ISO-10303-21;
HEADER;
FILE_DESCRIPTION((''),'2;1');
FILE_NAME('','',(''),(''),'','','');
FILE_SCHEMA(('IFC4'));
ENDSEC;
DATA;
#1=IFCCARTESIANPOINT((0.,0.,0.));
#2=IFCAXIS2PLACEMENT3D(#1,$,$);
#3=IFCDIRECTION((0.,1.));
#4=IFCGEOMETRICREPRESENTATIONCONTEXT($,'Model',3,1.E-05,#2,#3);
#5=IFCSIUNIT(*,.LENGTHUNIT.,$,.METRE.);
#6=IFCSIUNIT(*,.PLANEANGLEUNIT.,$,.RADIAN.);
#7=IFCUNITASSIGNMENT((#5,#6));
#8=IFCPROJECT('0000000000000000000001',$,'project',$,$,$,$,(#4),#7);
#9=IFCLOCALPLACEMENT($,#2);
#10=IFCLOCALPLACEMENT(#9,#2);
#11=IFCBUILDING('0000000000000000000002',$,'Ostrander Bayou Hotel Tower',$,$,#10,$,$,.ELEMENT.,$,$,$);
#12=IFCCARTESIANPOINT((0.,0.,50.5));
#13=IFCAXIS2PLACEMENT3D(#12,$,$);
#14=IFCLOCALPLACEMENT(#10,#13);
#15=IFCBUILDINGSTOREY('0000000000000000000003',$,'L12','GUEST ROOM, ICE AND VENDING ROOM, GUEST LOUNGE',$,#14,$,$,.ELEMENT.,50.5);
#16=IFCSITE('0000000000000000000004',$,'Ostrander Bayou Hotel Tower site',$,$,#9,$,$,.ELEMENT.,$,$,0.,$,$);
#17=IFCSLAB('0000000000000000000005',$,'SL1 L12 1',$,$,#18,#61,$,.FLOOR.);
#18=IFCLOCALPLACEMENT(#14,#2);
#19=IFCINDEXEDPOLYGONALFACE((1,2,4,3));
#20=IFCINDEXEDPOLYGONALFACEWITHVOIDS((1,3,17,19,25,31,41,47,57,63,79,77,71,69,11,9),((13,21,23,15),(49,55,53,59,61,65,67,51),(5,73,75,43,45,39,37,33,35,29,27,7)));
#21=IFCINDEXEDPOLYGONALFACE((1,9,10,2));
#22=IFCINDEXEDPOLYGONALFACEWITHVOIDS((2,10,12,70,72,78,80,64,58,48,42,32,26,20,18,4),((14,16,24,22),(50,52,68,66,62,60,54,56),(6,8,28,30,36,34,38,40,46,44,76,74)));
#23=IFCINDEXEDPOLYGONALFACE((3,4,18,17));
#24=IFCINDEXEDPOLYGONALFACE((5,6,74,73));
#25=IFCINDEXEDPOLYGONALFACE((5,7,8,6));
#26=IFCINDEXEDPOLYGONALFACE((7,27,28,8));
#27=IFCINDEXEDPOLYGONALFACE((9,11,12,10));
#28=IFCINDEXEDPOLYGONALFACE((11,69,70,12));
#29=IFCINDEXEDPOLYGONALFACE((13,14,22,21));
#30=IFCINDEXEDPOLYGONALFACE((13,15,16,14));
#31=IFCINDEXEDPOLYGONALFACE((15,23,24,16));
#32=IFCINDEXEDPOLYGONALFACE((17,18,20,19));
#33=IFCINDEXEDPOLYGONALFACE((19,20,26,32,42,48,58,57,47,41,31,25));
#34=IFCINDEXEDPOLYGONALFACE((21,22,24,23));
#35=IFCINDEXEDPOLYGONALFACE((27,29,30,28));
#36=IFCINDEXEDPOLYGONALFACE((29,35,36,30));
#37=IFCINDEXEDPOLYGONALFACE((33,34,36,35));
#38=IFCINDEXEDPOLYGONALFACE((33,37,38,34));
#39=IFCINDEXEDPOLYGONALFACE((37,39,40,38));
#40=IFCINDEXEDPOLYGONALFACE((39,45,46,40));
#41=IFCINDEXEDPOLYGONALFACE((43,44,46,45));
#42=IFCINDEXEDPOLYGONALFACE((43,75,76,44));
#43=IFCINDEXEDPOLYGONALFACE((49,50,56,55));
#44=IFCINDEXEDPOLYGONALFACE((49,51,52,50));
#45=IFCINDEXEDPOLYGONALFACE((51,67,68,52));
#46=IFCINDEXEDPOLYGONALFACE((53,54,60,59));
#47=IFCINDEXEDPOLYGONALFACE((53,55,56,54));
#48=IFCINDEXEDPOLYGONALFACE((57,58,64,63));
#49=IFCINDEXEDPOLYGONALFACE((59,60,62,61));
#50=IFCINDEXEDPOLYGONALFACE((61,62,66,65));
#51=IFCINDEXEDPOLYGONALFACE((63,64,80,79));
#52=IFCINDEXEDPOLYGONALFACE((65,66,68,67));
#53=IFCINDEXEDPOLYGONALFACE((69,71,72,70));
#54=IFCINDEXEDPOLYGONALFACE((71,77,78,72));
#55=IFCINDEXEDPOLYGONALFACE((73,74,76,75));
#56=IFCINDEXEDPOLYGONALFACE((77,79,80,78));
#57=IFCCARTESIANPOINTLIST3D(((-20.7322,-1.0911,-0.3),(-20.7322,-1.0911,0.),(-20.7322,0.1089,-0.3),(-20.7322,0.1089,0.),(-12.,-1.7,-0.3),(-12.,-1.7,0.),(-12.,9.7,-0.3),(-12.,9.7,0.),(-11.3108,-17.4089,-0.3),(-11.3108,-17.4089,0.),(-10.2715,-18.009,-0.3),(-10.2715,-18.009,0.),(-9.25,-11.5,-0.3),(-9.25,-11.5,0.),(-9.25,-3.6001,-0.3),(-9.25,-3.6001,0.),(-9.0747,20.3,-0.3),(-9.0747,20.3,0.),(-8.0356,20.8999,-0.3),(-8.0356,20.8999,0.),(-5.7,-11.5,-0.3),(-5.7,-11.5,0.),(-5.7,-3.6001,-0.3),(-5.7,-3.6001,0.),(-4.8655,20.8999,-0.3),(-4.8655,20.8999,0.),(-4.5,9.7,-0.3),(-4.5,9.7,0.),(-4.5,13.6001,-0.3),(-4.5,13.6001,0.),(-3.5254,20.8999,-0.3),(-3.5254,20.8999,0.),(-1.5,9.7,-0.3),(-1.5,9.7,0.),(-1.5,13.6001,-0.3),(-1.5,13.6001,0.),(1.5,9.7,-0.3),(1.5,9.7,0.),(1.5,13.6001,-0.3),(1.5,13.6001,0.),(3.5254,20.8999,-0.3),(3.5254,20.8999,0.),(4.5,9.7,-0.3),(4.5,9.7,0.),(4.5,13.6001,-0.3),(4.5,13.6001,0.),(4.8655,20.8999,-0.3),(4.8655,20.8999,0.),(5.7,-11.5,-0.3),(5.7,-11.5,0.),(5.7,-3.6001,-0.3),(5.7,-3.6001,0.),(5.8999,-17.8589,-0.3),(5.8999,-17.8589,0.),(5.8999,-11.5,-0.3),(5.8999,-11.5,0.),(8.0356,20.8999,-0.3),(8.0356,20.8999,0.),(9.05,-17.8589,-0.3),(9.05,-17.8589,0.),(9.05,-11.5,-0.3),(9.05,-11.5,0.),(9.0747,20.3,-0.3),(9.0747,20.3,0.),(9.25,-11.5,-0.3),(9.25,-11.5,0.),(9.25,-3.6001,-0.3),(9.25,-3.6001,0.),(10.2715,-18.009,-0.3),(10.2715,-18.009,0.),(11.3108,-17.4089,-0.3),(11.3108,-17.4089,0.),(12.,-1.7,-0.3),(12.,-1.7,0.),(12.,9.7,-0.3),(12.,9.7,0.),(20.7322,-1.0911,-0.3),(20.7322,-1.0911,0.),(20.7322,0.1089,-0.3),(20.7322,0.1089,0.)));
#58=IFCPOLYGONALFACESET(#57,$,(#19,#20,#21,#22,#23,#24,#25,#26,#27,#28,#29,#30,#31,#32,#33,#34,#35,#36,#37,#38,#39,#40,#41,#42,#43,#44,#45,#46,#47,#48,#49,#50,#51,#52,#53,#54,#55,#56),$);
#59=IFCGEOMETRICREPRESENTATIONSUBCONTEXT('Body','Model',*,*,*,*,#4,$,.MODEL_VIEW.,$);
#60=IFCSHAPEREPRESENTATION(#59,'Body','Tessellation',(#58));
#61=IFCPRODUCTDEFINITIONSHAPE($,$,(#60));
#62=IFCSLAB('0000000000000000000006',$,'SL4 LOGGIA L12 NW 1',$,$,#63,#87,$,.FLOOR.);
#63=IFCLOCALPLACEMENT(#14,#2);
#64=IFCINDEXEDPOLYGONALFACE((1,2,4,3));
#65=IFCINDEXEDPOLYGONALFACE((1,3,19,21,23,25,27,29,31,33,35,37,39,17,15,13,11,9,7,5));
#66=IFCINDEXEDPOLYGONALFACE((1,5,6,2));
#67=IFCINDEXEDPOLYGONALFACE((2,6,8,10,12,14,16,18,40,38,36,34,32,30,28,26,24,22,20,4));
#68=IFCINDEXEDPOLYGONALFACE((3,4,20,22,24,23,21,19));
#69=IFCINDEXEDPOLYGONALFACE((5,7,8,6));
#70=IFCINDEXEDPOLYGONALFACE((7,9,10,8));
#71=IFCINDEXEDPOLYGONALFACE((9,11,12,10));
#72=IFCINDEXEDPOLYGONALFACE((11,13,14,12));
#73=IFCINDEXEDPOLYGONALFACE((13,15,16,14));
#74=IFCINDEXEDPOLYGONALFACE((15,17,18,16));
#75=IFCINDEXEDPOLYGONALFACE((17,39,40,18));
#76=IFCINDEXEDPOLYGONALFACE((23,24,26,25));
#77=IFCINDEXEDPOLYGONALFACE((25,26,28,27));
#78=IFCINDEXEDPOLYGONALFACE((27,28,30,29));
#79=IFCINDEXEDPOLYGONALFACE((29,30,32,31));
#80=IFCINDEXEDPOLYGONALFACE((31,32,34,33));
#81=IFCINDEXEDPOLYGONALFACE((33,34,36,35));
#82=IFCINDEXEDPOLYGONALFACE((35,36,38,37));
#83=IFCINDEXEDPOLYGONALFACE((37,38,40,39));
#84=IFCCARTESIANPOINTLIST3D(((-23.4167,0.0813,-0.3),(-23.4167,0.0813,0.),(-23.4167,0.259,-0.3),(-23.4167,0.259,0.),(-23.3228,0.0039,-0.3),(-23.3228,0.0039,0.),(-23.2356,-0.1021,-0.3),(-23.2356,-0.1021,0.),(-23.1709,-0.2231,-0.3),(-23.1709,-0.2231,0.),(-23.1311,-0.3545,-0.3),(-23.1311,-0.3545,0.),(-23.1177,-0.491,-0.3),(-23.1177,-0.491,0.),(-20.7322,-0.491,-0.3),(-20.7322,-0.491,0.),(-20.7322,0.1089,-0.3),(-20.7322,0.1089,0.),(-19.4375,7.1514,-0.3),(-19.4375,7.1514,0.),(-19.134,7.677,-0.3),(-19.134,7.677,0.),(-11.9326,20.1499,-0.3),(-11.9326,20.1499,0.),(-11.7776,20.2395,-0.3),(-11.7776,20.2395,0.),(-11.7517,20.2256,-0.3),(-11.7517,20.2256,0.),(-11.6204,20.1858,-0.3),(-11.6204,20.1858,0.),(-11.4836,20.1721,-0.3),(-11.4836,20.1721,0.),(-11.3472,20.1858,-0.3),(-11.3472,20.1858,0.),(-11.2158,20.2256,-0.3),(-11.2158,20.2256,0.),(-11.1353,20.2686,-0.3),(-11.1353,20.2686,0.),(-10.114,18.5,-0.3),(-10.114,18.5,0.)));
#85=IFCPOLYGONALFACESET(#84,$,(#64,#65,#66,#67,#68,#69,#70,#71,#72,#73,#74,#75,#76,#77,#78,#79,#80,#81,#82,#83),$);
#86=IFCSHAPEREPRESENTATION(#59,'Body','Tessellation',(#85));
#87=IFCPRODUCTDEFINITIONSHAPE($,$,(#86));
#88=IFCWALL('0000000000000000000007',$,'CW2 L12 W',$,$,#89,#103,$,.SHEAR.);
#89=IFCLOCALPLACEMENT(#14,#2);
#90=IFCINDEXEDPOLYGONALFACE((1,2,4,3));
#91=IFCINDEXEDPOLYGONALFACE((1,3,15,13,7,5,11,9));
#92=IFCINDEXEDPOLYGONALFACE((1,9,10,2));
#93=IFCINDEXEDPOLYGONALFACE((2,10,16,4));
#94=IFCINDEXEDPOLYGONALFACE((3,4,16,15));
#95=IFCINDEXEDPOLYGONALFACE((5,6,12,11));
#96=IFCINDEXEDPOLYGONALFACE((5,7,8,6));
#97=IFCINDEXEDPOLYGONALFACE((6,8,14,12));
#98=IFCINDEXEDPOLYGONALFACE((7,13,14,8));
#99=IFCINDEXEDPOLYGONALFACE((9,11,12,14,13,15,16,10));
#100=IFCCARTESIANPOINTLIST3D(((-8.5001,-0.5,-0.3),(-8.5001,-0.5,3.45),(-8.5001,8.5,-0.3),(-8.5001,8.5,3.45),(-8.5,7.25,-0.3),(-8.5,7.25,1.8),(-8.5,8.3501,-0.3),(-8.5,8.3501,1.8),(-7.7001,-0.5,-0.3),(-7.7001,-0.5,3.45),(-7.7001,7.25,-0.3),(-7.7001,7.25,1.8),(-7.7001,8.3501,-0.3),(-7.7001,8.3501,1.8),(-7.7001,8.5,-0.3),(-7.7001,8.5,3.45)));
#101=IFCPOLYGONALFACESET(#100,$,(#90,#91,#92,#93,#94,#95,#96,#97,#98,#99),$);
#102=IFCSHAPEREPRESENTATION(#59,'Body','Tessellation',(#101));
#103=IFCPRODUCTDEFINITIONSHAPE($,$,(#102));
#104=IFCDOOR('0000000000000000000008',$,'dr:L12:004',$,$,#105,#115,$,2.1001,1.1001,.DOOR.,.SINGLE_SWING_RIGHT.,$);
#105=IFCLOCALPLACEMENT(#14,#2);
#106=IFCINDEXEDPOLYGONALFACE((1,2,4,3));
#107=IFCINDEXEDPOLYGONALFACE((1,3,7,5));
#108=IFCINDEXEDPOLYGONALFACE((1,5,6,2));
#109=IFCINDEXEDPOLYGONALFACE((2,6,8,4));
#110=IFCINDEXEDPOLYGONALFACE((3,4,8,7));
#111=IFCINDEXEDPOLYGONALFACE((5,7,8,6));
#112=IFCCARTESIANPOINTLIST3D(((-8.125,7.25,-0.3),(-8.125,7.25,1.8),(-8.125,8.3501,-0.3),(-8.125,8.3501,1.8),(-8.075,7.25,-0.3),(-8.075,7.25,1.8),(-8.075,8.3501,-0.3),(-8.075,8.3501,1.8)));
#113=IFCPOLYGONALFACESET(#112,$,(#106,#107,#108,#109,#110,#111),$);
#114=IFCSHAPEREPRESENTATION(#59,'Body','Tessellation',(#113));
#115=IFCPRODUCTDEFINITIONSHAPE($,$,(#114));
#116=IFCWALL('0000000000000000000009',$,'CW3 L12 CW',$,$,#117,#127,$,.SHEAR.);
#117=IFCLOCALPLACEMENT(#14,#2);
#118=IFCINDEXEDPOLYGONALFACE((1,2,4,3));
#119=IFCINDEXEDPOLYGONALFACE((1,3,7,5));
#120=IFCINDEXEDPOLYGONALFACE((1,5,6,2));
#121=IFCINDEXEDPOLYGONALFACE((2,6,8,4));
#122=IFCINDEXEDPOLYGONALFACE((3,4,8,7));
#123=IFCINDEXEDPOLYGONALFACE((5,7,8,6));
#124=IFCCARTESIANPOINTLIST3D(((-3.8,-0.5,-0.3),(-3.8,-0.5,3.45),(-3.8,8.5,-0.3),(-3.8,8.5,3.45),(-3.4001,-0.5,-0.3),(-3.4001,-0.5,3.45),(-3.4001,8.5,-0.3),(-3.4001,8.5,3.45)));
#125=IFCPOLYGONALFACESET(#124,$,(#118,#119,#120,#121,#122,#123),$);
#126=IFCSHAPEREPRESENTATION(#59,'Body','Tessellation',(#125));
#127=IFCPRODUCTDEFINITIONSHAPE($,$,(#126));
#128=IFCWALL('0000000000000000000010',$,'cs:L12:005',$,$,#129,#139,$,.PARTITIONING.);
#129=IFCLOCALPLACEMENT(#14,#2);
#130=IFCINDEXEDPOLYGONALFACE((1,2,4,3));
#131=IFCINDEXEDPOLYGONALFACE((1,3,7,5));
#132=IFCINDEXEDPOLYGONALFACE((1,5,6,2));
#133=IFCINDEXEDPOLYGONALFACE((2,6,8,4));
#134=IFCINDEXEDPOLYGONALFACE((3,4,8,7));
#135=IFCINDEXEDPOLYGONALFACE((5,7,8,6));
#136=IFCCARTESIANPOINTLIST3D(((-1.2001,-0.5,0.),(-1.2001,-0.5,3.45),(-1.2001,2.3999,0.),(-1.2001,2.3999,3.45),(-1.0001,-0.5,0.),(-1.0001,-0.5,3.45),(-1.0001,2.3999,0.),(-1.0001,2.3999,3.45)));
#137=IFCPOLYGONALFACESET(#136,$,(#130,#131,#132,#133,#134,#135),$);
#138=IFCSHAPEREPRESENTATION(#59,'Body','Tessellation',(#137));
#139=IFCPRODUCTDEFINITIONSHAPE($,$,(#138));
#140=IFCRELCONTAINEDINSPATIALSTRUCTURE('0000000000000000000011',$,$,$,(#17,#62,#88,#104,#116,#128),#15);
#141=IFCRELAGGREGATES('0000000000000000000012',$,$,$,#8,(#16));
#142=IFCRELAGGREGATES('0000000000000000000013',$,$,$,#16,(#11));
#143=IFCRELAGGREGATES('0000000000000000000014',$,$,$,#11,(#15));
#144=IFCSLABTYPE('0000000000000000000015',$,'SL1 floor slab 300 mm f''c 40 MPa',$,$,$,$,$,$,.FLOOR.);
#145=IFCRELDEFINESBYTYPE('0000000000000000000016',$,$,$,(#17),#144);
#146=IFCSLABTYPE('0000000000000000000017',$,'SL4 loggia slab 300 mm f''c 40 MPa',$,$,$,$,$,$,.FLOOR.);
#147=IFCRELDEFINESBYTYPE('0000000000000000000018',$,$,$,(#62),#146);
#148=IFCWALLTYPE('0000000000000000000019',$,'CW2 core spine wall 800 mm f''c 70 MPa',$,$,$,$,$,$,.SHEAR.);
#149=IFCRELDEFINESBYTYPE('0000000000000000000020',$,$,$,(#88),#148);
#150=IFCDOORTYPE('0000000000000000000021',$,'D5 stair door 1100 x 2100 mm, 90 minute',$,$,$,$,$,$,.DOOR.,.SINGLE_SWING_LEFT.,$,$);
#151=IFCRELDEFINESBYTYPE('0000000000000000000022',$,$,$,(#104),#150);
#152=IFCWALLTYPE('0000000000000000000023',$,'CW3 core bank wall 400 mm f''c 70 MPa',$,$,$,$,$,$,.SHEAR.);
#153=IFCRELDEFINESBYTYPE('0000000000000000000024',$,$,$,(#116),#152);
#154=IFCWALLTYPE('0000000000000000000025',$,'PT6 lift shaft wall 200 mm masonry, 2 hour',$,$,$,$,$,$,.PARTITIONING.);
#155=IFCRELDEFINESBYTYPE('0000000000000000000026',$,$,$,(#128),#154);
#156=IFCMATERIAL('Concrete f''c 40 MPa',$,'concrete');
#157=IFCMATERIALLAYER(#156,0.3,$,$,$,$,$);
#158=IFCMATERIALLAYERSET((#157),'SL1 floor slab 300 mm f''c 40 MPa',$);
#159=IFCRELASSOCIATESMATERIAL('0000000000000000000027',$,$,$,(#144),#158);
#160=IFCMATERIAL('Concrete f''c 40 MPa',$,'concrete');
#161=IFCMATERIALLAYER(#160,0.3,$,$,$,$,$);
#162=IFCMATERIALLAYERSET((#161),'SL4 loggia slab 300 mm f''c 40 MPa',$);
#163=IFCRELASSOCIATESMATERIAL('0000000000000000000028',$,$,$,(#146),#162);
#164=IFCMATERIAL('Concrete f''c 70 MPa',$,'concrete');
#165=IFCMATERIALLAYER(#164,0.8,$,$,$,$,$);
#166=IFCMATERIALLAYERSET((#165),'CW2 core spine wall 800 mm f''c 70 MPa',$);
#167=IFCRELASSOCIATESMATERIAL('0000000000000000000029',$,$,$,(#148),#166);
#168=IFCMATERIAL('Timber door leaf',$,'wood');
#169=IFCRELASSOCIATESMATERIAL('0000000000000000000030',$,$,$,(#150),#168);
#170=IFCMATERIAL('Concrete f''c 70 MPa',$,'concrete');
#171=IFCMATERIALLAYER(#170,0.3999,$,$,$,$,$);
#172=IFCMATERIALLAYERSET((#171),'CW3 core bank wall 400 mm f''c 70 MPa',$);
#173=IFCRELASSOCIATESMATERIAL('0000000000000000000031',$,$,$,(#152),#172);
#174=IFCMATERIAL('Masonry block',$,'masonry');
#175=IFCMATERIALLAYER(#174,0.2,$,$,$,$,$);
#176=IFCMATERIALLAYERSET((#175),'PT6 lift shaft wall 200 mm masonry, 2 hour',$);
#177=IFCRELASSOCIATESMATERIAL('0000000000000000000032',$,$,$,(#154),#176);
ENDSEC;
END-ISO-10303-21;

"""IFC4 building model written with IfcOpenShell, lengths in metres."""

from ifc_helpers import new_model, si_unit, direction, frame, frame_2d, origin, place, context, subcontext, project, spatial, polyline, rectangle, outline, extrude, material, layer, layer_set, type_object, element, fill, save


model = new_model("IFC4")

# Units and contexts
model_context = context("Model", 3, precision=1e-05, world=origin(), true_north=direction((0.0, 1.0)))
body_context = subcontext(model_context, "Body", "Model", "MODEL_VIEW")
ifc_project = project(units=[si_unit("LENGTHUNIT", "METRE"), si_unit("PLANEANGLEUNIT", "RADIAN")], contexts=[model_context])

# Site, building, storey
site_placement = place(None, origin())
site = spatial("IfcSite", under=ifc_project, at=site_placement, Name="Ostrander Bayou Hotel Tower site", CompositionType="ELEMENT", RefElevation=0.0)
building_placement = place(site_placement, origin())
building = spatial("IfcBuilding", under=site, at=building_placement, Name="Ostrander Bayou Hotel Tower", CompositionType="ELEMENT")
storey_placement = place(building_placement, frame((0.0, 0.0, 50.5)))
storey = spatial("IfcBuildingStorey", under=building, at=storey_placement, Name="L12", Description="GUEST ROOM, ICE AND VENDING ROOM, GUEST LOUNGE", CompositionType="ELEMENT", Elevation=50.5)

# Slabs
ifc_material_1 = material(Name="Concrete f'c 40 MPa", Category="concrete")
ifc_layer_1 = layer(ifc_material_1, 0.3)
ifc_layer_set_1 = layer_set([ifc_layer_1], Name="SL1 floor slab 300 mm f'c 40 MPa")
slab_type_1 = type_object("IfcSlabType", Name="SL1 floor slab 300 mm f'c 40 MPa", PredefinedType="FLOOR", material=ifc_layer_set_1)
slab_1_placement = place(storey_placement, frame((0.0, 0.0, -0.3)))
element("IfcSlab", 1, at=slab_1_placement, inside=storey, type_object=slab_type_1, Name="SL1 L12 1", PredefinedType="FLOOR", context=body_context, shape_type="SweptSolid", body=[
    extrude(outline(polyline([(-3.5254, 20.8999), (3.5254, 20.8999), (4.8655, 20.8999), (8.0356, 20.8999), (9.0747, 20.3), (20.7322, 0.1089), (20.7322, -1.0911), (11.3108, -17.4089), (10.2715, -18.009), (-10.2715, -18.009), (-11.3108, -17.4089), (-20.7322, -1.0911), (-20.7322, 0.1089), (-9.0747, 20.3), (-8.0356, 20.8999), (-4.8655, 20.8999), (-3.5254, 20.8999)]), holes=[polyline([(-12.0, -1.7), (12.0, -1.7), (12.0, 9.7), (4.5, 9.7), (4.5, 13.6001), (1.5, 13.6001), (1.5, 9.7), (-1.5, 9.7), (-1.5, 13.6001), (-4.5, 13.6001), (-4.5, 9.7), (-12.0, 9.7), (-12.0, -1.7)]), polyline([(9.05, -11.5), (9.25, -11.5), (9.25, -3.6001), (5.7, -3.6001), (5.7, -11.5), (5.8999, -11.5), (5.8999, -17.8589), (9.05, -17.8589), (9.05, -11.5)]), polyline([(-5.7, -3.6001), (-9.25, -3.6001), (-9.25, -11.5), (-5.7, -11.5), (-5.7, -3.6001)])]), origin(), (0.0, 0.0, 1.0), 0.3),
])
ifc_material_2 = material(Name="Concrete f'c 40 MPa", Category="concrete")
ifc_layer_2 = layer(ifc_material_2, 0.3)
ifc_layer_set_2 = layer_set([ifc_layer_2], Name="SL4 loggia slab 300 mm f'c 40 MPa")
slab_type_2 = type_object("IfcSlabType", Name="SL4 loggia slab 300 mm f'c 40 MPa", PredefinedType="FLOOR", material=ifc_layer_set_2)
slab_2_placement = place(storey_placement, frame((0.0, 0.0, -0.3)))
element("IfcSlab", 2, at=slab_2_placement, inside=storey, type_object=slab_type_2, Name="SL4 LOGGIA L12 NW 1", PredefinedType="FLOOR", context=body_context, shape_type="SweptSolid", body=[
    extrude(outline(polyline([(-23.1177, -0.491), (-23.1311, -0.3545), (-23.1709, -0.2231), (-23.2356, -0.1021), (-23.3228, 0.0039), (-23.4167, 0.0813), (-23.4167, 0.259), (-19.4375, 7.1514), (-19.134, 7.677), (-11.9326, 20.1499), (-11.7776, 20.2395), (-11.7517, 20.2256), (-11.6204, 20.1858), (-11.4836, 20.1721), (-11.3472, 20.1858), (-11.2158, 20.2256), (-11.1353, 20.2686), (-10.114, 18.5), (-20.7322, 0.1089), (-20.7322, -0.491), (-23.1177, -0.491)])), origin(), (0.0, 0.0, 1.0), 0.3),
])

# Wall, opening, door
ifc_material_3 = material(Name="Concrete f'c 70 MPa", Category="concrete")
ifc_layer_3 = layer(ifc_material_3, 0.8)
ifc_layer_set_3 = layer_set([ifc_layer_3], Name="CW2 core spine wall 800 mm f'c 70 MPa")
wall_type_1 = type_object("IfcWallType", Name="CW2 core spine wall 800 mm f'c 70 MPa", PredefinedType="SHEAR", material=ifc_layer_set_3)
wall_1_placement = place(storey_placement, frame((-8.1001, -0.5, -0.3), z_axis=(0.0, 0.0, 1.0), x_axis=(0.0, 1.0, 0.0)))
wall_1 = element("IfcWall", 3, at=wall_1_placement, inside=storey, type_object=wall_type_1, Name="CW2 L12 W", PredefinedType="SHEAR", context=body_context, shape_type="SweptSolid", body=[
    extrude(rectangle(XDim=9.0, YDim=0.8, at=frame_2d((4.5, 0.0))), origin(), (0.0, 0.0, 1.0), 3.75),
])
opening_1_placement = place(wall_1_placement, frame((7.75, 0.0, 0.0)))
opening_1 = element("IfcOpeningElement", 4, at=opening_1_placement, cuts=wall_1, PredefinedType="OPENING", context=body_context, shape_type="SweptSolid", body=[
    extrude(rectangle(XDim=1.1001, YDim=2.1001, at=frame_2d((0.55, 1.05))), frame((0.0, 0.3999, 0.0), z_axis=(0.0, -1.0, 0.0), x_axis=(1.0, 0.0, 0.0)), (0.0, 0.0, 1.0), 0.8),
])
ifc_material_4 = material(Name="Timber door leaf", Category="wood")
door_type_1 = type_object("IfcDoorType", Name="D5 stair door 1100 x 2100 mm, 90 minute", OperationType="SINGLE_SWING_LEFT", PredefinedType="DOOR", material=ifc_material_4)
door_1_placement = place(opening_1_placement, origin())
door_1 = element("IfcDoor", 5, at=door_1_placement, inside=storey, type_object=door_type_1, Name="dr:L12:004", OperationType="SINGLE_SWING_RIGHT", OverallHeight=2.1001, OverallWidth=1.1001, PredefinedType="DOOR", context=body_context, shape_type="SweptSolid", body=[
    extrude(rectangle(XDim=1.1001, YDim=2.1001, at=frame_2d((0.55, 1.05))), frame((0.0, 0.0249, 0.0), z_axis=(0.0, -1.0, 0.0), x_axis=(1.0, 0.0, 0.0)), (0.0, 0.0, 1.0), 0.05),
])
fill(opening_1, door_1)

# Walls
ifc_material_5 = material(Name="Concrete f'c 70 MPa", Category="concrete")
ifc_layer_4 = layer(ifc_material_5, 0.3999)
ifc_layer_set_4 = layer_set([ifc_layer_4], Name="CW3 core bank wall 400 mm f'c 70 MPa")
wall_type_2 = type_object("IfcWallType", Name="CW3 core bank wall 400 mm f'c 70 MPa", PredefinedType="SHEAR", material=ifc_layer_set_4)
wall_2_placement = place(storey_placement, frame((-3.6001, -0.5, -0.3), z_axis=(0.0, 0.0, 1.0), x_axis=(0.0, 1.0, 0.0)))
element("IfcWall", 6, at=wall_2_placement, inside=storey, type_object=wall_type_2, Name="CW3 L12 CW", PredefinedType="SHEAR", context=body_context, shape_type="SweptSolid", body=[
    extrude(rectangle(XDim=9.0, YDim=0.3999, at=frame_2d((4.5, 0.0))), origin(), (0.0, 0.0, 1.0), 3.75),
])
ifc_material_6 = material(Name="Masonry block", Category="masonry")
ifc_layer_5 = layer(ifc_material_6, 0.2)
ifc_layer_set_5 = layer_set([ifc_layer_5], Name="PT6 lift shaft wall 200 mm masonry, 2 hour")
wall_type_3 = type_object("IfcWallType", Name="PT6 lift shaft wall 200 mm masonry, 2 hour", PredefinedType="PARTITIONING", material=ifc_layer_set_5)
wall_3_placement = place(storey_placement, frame((-1.1001, -0.5, 0.0), z_axis=(0.0, 0.0, 1.0), x_axis=(0.0, 1.0, 0.0)))
element("IfcWall", 7, at=wall_3_placement, inside=storey, type_object=wall_type_3, Name="cs:L12:005", PredefinedType="PARTITIONING", context=body_context, shape_type="SweptSolid", body=[
    extrude(rectangle(XDim=2.8999, YDim=0.2, at=frame_2d((1.45, 0.0))), origin(), (0.0, 0.0, 1.0), 3.45),
])

save(model, "model.ifc")
